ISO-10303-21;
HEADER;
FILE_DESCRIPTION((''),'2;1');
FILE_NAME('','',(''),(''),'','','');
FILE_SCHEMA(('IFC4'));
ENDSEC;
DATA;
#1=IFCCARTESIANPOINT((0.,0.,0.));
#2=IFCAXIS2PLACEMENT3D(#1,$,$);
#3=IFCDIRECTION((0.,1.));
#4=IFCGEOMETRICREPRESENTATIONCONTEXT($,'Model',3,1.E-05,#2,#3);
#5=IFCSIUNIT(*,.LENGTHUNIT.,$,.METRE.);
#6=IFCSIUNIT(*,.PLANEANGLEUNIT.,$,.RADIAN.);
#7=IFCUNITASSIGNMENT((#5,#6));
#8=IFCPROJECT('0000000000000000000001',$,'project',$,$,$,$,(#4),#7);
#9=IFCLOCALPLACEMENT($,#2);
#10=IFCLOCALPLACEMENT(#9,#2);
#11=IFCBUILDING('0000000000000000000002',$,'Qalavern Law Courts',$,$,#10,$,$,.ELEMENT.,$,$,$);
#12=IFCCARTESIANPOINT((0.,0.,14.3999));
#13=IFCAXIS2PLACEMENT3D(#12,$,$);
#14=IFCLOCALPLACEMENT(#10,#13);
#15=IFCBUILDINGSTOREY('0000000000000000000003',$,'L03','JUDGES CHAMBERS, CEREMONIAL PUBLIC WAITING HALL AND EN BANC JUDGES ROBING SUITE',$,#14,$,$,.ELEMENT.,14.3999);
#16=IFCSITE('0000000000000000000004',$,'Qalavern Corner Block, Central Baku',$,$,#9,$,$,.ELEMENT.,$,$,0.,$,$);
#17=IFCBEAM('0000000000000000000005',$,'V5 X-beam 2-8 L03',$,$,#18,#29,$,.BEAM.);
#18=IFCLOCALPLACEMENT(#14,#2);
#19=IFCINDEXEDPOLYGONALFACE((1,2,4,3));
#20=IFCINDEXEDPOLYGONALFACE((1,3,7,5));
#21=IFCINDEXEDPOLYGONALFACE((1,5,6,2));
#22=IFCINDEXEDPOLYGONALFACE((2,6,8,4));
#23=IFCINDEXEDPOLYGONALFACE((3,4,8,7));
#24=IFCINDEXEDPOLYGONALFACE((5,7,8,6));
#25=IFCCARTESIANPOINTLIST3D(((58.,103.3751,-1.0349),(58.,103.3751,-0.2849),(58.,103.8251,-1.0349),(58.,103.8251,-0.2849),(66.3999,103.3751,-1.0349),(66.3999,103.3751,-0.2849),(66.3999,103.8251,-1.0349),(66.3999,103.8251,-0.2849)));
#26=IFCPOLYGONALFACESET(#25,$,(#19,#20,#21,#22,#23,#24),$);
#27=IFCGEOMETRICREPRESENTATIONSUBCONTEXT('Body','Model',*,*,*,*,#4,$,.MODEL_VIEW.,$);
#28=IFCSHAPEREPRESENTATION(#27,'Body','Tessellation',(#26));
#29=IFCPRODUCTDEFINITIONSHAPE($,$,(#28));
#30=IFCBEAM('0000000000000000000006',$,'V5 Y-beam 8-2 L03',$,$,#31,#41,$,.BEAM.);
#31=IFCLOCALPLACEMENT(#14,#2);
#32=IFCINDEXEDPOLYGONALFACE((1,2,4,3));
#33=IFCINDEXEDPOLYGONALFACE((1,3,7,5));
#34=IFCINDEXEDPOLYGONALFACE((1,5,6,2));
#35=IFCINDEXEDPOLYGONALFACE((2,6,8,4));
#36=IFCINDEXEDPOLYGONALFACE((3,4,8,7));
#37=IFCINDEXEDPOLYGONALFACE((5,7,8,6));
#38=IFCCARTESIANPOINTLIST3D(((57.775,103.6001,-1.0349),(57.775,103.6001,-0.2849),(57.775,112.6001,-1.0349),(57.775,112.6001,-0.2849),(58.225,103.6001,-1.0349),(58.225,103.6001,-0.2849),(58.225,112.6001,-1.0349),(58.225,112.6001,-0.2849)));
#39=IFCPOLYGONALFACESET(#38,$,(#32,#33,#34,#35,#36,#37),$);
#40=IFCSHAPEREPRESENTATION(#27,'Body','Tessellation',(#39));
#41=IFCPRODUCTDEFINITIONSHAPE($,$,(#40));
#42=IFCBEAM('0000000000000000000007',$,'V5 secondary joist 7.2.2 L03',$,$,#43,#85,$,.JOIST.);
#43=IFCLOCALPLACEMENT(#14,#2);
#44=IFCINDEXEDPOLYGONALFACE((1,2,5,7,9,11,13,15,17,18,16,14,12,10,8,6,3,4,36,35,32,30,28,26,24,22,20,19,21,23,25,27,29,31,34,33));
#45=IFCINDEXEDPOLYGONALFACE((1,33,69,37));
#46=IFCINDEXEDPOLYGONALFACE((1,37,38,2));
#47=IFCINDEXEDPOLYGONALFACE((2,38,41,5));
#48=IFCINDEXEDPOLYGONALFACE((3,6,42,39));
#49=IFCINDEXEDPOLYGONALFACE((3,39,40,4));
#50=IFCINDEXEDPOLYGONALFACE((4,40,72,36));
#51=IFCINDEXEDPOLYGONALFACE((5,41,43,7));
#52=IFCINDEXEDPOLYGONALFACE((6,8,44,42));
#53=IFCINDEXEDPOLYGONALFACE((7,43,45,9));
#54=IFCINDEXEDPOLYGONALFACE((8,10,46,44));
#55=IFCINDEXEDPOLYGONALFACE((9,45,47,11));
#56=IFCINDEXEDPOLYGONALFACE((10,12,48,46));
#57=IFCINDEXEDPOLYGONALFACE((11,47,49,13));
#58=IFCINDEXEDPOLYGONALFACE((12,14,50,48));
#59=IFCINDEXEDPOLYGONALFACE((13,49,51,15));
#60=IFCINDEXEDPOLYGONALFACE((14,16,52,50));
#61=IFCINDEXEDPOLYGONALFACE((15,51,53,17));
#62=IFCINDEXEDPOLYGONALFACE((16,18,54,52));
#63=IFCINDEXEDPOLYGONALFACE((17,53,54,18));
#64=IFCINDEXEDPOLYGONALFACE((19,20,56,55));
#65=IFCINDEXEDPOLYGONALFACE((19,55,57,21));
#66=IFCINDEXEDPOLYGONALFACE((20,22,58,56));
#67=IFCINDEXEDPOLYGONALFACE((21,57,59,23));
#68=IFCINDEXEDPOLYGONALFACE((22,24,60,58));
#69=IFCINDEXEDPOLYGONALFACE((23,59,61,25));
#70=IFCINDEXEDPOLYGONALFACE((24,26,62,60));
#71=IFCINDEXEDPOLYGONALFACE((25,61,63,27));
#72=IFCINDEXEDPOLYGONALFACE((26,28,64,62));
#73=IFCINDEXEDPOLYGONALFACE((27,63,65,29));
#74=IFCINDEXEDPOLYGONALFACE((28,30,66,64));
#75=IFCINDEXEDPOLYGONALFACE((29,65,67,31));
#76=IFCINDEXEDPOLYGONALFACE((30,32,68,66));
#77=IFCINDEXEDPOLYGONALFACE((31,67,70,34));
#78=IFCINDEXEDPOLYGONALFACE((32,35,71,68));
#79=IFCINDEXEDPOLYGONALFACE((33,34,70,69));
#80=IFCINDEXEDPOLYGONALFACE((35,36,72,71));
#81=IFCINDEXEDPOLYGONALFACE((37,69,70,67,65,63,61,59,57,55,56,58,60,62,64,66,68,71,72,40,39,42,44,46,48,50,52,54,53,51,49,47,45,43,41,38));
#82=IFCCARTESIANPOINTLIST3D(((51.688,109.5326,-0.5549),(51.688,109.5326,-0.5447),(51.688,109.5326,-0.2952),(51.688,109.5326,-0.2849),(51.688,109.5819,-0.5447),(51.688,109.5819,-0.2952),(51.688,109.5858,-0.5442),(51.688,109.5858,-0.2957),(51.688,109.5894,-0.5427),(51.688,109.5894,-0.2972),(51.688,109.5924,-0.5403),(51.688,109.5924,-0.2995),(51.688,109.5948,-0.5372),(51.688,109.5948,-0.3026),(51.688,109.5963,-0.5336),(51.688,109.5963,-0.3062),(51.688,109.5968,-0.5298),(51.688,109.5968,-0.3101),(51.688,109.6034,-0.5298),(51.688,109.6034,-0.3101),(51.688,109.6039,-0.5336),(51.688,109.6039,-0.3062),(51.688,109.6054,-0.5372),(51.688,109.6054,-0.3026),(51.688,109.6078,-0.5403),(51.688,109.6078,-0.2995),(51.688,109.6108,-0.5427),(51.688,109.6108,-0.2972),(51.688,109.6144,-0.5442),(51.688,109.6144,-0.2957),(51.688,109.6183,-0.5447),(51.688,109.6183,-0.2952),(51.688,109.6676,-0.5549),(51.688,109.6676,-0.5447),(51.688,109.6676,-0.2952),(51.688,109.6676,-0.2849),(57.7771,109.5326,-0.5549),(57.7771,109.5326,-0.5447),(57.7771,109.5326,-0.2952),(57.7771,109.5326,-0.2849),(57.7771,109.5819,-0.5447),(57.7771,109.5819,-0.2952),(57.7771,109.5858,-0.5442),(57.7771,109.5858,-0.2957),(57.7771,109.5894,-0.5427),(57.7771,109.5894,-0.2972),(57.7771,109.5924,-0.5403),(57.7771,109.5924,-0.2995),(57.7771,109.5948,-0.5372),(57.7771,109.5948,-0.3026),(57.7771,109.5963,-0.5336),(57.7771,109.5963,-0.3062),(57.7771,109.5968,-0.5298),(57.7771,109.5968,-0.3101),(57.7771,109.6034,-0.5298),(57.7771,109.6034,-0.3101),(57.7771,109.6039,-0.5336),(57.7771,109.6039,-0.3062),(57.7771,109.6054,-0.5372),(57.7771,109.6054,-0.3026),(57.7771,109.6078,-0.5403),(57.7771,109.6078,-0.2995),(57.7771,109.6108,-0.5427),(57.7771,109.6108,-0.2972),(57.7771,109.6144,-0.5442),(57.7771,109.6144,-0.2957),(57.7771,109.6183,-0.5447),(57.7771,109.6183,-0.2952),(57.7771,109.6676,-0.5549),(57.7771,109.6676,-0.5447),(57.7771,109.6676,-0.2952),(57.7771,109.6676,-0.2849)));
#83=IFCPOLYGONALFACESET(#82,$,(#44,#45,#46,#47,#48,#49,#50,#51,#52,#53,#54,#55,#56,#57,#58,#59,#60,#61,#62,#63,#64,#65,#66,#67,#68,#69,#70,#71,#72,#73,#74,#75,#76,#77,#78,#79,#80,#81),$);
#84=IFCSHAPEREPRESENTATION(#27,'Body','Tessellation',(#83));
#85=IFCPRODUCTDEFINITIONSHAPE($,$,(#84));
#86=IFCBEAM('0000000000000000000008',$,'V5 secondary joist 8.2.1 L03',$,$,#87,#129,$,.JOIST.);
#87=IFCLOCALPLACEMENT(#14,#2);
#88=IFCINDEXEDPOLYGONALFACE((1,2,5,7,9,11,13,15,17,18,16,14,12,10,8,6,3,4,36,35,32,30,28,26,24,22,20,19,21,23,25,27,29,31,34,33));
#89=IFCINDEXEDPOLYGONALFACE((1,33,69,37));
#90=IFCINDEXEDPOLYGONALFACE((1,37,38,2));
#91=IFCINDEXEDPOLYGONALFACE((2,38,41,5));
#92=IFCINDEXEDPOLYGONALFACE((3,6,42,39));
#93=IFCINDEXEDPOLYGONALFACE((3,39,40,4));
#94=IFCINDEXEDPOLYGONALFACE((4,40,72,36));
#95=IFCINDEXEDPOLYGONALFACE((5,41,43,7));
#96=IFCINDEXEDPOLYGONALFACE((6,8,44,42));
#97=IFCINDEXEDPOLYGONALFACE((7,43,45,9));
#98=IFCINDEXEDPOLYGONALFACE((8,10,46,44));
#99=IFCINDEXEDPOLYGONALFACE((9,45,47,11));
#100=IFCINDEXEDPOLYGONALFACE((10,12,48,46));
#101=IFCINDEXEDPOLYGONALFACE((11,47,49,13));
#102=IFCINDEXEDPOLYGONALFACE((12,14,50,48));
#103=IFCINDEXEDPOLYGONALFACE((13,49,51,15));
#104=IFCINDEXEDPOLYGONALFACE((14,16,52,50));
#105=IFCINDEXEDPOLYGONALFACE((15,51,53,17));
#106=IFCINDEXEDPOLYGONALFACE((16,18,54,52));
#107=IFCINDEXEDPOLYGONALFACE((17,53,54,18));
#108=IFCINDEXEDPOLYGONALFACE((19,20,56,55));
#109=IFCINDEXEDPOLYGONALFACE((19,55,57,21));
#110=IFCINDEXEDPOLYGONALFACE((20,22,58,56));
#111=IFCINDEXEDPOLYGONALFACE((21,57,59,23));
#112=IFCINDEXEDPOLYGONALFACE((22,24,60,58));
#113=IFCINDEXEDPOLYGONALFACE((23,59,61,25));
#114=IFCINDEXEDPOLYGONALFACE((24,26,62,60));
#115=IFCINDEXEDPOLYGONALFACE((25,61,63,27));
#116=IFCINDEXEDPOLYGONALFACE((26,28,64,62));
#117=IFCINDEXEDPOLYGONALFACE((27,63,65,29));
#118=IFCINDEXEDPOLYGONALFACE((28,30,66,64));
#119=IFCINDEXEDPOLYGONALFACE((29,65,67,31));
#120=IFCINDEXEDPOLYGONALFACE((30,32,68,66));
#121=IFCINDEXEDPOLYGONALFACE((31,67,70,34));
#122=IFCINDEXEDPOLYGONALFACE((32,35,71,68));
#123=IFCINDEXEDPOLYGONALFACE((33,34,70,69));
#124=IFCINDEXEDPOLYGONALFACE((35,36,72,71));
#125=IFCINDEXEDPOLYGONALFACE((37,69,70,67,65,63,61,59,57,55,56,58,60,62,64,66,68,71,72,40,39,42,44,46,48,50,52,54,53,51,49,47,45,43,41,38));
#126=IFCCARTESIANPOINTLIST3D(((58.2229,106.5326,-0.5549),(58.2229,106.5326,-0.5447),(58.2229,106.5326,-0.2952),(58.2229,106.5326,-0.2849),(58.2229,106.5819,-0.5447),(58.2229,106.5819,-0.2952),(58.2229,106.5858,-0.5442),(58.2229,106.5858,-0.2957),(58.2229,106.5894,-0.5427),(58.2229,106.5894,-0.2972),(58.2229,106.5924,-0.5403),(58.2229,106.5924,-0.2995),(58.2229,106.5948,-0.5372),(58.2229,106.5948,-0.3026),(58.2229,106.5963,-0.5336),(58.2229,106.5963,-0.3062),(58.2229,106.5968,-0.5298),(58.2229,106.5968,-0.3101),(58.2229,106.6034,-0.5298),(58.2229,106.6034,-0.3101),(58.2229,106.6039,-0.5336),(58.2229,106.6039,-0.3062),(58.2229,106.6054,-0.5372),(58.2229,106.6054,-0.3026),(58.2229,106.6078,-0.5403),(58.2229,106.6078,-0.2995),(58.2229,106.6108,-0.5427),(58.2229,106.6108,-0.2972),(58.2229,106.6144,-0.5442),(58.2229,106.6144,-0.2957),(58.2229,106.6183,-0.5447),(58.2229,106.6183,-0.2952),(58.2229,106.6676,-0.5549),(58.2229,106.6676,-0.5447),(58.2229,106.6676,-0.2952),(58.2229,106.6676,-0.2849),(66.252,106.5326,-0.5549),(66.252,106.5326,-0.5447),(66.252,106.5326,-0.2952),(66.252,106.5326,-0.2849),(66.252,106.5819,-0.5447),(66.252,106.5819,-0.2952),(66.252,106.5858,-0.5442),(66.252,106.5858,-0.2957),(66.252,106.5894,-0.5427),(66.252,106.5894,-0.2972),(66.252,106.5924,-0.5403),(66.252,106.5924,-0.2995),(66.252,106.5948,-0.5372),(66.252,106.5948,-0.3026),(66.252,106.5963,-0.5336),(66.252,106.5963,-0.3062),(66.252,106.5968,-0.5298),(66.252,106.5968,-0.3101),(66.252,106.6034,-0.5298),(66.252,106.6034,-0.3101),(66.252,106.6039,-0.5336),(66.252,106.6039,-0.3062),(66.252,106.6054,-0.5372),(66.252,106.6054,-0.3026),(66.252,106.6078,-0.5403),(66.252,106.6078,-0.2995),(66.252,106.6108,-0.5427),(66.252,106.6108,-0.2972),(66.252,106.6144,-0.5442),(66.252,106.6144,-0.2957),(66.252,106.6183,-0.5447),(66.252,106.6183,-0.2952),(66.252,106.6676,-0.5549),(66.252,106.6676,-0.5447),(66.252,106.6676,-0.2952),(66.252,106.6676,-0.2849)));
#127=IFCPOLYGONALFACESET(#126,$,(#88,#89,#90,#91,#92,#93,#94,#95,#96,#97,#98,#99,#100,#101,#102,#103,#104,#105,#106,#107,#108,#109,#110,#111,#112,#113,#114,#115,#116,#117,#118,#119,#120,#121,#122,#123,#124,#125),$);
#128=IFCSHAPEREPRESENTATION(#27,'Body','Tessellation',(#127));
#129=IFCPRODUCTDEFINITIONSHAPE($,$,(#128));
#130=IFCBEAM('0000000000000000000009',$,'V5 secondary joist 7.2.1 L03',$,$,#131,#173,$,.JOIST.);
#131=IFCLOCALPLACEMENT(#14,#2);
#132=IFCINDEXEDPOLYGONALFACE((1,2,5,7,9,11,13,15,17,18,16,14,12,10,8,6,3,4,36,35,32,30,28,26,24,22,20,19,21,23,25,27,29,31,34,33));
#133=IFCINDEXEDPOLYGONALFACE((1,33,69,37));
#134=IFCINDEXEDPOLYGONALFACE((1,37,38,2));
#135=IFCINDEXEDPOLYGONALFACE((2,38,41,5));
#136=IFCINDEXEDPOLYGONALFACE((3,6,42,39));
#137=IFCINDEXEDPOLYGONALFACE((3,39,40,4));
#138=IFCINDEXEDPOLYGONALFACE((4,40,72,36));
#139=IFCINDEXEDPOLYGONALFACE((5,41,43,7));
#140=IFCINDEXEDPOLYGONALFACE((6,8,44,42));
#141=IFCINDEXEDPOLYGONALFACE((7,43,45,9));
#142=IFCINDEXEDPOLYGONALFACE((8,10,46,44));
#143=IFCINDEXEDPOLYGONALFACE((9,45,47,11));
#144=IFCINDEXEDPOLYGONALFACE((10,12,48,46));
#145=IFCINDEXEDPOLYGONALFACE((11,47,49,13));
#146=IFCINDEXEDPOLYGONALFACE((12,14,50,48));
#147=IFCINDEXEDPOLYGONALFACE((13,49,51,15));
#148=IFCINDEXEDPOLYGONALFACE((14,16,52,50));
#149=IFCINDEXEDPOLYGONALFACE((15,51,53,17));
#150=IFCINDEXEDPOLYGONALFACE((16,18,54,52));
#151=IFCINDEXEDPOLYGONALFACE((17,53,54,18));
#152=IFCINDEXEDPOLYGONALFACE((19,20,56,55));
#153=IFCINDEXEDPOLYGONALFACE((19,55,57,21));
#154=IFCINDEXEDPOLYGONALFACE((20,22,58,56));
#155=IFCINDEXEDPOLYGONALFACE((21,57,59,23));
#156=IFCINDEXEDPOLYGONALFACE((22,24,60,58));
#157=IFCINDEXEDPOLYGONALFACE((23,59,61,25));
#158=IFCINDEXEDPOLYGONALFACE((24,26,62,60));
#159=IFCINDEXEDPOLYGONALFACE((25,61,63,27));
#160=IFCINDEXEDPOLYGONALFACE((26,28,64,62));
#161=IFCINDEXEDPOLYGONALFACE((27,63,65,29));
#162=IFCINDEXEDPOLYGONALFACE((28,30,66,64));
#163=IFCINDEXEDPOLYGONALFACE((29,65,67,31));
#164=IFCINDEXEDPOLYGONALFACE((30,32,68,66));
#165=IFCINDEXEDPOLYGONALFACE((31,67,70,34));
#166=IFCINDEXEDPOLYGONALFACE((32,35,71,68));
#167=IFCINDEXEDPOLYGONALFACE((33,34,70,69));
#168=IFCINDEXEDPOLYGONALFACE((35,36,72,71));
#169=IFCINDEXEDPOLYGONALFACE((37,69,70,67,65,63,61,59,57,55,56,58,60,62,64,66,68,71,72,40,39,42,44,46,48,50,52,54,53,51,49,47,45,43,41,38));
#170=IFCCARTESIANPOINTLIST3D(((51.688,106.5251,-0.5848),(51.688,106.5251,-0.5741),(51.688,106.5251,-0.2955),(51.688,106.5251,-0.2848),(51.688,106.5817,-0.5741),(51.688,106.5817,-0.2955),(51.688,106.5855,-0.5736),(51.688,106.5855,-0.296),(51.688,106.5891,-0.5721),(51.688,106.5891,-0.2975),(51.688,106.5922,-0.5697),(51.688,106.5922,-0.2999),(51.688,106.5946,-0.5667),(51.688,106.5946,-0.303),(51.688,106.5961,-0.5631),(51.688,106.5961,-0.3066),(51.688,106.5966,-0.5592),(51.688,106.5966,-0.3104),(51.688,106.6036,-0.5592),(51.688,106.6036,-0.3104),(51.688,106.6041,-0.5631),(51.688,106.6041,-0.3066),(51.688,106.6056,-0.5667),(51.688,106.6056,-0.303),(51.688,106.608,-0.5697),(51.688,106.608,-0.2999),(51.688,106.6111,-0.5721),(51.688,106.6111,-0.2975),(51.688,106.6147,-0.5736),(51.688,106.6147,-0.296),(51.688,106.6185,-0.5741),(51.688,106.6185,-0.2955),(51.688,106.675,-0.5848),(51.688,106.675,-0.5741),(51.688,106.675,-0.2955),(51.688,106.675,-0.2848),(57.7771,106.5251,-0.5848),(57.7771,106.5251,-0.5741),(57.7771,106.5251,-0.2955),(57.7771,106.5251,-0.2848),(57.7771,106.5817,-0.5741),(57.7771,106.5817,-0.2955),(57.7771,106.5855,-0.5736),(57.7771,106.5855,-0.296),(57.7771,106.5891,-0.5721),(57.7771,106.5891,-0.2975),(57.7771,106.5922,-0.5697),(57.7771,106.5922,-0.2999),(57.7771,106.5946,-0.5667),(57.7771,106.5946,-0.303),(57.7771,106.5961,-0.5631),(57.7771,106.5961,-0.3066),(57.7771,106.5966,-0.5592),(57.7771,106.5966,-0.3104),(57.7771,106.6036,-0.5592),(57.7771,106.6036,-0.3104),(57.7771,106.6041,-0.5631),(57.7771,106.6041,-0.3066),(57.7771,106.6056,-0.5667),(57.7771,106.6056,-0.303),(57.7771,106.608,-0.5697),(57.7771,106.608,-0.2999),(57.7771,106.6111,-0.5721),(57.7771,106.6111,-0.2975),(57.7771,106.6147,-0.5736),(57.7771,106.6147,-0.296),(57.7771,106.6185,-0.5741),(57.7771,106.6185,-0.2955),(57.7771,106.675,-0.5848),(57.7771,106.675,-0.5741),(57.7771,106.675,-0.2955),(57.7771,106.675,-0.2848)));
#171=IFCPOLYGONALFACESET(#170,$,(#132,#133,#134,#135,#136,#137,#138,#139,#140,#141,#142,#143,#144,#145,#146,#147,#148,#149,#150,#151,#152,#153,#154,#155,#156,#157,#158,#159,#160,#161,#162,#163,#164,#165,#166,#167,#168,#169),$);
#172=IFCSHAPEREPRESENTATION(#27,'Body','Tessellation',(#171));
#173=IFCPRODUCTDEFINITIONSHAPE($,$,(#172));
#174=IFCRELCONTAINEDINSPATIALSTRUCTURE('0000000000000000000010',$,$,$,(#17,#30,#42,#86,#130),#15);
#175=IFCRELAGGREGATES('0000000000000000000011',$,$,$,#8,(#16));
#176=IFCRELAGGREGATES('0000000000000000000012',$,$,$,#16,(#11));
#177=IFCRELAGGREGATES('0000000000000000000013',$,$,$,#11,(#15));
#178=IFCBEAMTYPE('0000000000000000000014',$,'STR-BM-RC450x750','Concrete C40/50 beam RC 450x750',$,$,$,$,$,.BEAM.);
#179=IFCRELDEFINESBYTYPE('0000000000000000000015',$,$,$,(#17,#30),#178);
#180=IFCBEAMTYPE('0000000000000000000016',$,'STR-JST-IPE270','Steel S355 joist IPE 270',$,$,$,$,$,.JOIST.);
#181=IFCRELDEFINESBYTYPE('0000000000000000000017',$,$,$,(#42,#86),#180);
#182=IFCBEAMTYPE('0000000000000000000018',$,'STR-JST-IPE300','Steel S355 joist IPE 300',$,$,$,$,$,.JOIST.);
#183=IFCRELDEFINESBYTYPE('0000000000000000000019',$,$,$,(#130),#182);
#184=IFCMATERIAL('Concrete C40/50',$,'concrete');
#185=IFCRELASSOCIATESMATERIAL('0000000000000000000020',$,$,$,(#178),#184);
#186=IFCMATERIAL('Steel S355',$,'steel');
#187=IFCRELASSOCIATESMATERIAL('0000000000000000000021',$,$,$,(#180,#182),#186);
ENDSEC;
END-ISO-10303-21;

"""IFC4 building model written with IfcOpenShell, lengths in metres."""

from ifc_helpers import new_model, si_unit, direction, frame, origin, origin_2d, place, context, subcontext, project, spatial, rectangle, i_section, extrude, material, material_profile, profile_set, type_object, element, save


model = new_model("IFC4")

# Units and contexts
model_context = context("Model", 3, precision=1e-05, world=origin(), true_north=direction((0.0, 1.0)))
body_context = subcontext(model_context, "Body", "Model", "MODEL_VIEW")
ifc_project = project(units=[si_unit("LENGTHUNIT", "METRE"), si_unit("PLANEANGLEUNIT", "RADIAN")], contexts=[model_context])

# Site, building, storey
site_placement = place(None, origin())
site = spatial("IfcSite", under=ifc_project, at=site_placement, Name="Qalavern Corner Block, Central Baku", CompositionType="ELEMENT", RefElevation=0.0)
building_placement = place(site_placement, origin())
building = spatial("IfcBuilding", under=site, at=building_placement, Name="Qalavern Law Courts", CompositionType="ELEMENT")
storey_placement = place(building_placement, frame((0.0, 0.0, 14.3999)))
storey = spatial("IfcBuildingStorey", under=building, at=storey_placement, Name="L03", Description="JUDGES CHAMBERS, CEREMONIAL PUBLIC WAITING HALL AND EN BANC JUDGES ROBING SUITE", CompositionType="ELEMENT", Elevation=14.3999)

# Beams
ifc_material_1 = material(Name="Steel S355", Category="steel")
ifc_material_2 = material(Name="Concrete C40/50", Category="concrete")
ifc_material_profile_1 = material_profile(ifc_material_2, rectangle(XDim=0.45, YDim=0.75, at=origin_2d()), Name="RC 450x750")
ifc_profile_set_1 = profile_set([ifc_material_profile_1], Name="Concrete C40/50")
beam_type_1 = type_object("IfcBeamType", Name="STR-BM-RC450x750", Description="Concrete C40/50 beam RC 450x750", PredefinedType="BEAM", material=ifc_profile_set_1)
beam_1_placement = place(storey_placement, frame((58.0, 103.6001, -0.6599), z_axis=(1.0, 0.0, 0.0), x_axis=(0.0, 1.0, 0.0)))
element("IfcBeam", 1, at=beam_1_placement, inside=storey, type_object=beam_type_1, Name="V5 X-beam 2-8 L03", PredefinedType="BEAM", context=body_context, shape_type="SweptSolid", body=[
    extrude(rectangle(XDim=0.45, YDim=0.75, at=origin_2d()), origin(), (0.0, 0.0, 1.0), 8.3999),
])
beam_2_placement = place(storey_placement, frame((58.0, 103.6001, -0.6599), z_axis=(0.0, 1.0, 0.0), x_axis=(-1.0, 0.0, 0.0)))
element("IfcBeam", 2, at=beam_2_placement, inside=storey, type_object=beam_type_1, Name="V5 Y-beam 8-2 L03", PredefinedType="BEAM", context=body_context, shape_type="SweptSolid", body=[
    extrude(rectangle(XDim=0.45, YDim=0.75, at=origin_2d()), origin(), (0.0, 0.0, 1.0), 9.0),
])
ifc_material_profile_2 = material_profile(ifc_material_1, i_section(OverallWidth=0.135, OverallDepth=0.27, WebThickness=0.0066, FlangeThickness=0.0103, FilletRadius=0.0149, at=origin_2d()), Name="IPE 270")
ifc_profile_set_2 = profile_set([ifc_material_profile_2], Name="Steel S355")
beam_type_2 = type_object("IfcBeamType", Name="STR-JST-IPE270", Description="Steel S355 joist IPE 270", PredefinedType="JOIST", material=ifc_profile_set_2)
beam_3_placement = place(storey_placement, frame((51.688, 109.6001, -0.4199), z_axis=(1.0, 0.0, 0.0), x_axis=(0.0, 1.0, 0.0)))
element("IfcBeam", 3, at=beam_3_placement, inside=storey, type_object=beam_type_2, Name="V5 secondary joist 7.2.2 L03", PredefinedType="JOIST", context=body_context, shape_type="SweptSolid", body=[
    extrude(i_section(OverallWidth=0.135, OverallDepth=0.27, WebThickness=0.0066, FlangeThickness=0.0103, FilletRadius=0.0149, at=origin_2d()), origin(), (0.0, 0.0, 1.0), 6.0891),
])
beam_4_placement = place(storey_placement, frame((58.2229, 106.6001, -0.4199), z_axis=(1.0, 0.0, 0.0), x_axis=(0.0, 1.0, 0.0)))
element("IfcBeam", 4, at=beam_4_placement, inside=storey, type_object=beam_type_2, Name="V5 secondary joist 8.2.1 L03", PredefinedType="JOIST", context=body_context, shape_type="SweptSolid", body=[
    extrude(i_section(OverallWidth=0.135, OverallDepth=0.27, WebThickness=0.0066, FlangeThickness=0.0103, FilletRadius=0.0149, at=origin_2d()), origin(), (0.0, 0.0, 1.0), 8.0291),
])
ifc_material_profile_3 = material_profile(ifc_material_1, i_section(OverallWidth=0.1499, OverallDepth=0.3, WebThickness=0.0071, FlangeThickness=0.0107, FilletRadius=0.0149, at=origin_2d()), Name="IPE 300")
ifc_profile_set_3 = profile_set([ifc_material_profile_3], Name="Steel S355")
beam_type_3 = type_object("IfcBeamType", Name="STR-JST-IPE300", Description="Steel S355 joist IPE 300", PredefinedType="JOIST", material=ifc_profile_set_3)
beam_5_placement = place(storey_placement, frame((51.688, 106.6001, -0.4348), z_axis=(1.0, 0.0, 0.0), x_axis=(0.0, 1.0, 0.0)))
element("IfcBeam", 5, at=beam_5_placement, inside=storey, type_object=beam_type_3, Name="V5 secondary joist 7.2.1 L03", PredefinedType="JOIST", context=body_context, shape_type="SweptSolid", body=[
    extrude(i_section(OverallWidth=0.1499, OverallDepth=0.3, WebThickness=0.0071, FlangeThickness=0.0107, FilletRadius=0.0149, at=origin_2d()), origin(), (0.0, 0.0, 1.0), 6.0891),
])

save(model, "model.ifc")
